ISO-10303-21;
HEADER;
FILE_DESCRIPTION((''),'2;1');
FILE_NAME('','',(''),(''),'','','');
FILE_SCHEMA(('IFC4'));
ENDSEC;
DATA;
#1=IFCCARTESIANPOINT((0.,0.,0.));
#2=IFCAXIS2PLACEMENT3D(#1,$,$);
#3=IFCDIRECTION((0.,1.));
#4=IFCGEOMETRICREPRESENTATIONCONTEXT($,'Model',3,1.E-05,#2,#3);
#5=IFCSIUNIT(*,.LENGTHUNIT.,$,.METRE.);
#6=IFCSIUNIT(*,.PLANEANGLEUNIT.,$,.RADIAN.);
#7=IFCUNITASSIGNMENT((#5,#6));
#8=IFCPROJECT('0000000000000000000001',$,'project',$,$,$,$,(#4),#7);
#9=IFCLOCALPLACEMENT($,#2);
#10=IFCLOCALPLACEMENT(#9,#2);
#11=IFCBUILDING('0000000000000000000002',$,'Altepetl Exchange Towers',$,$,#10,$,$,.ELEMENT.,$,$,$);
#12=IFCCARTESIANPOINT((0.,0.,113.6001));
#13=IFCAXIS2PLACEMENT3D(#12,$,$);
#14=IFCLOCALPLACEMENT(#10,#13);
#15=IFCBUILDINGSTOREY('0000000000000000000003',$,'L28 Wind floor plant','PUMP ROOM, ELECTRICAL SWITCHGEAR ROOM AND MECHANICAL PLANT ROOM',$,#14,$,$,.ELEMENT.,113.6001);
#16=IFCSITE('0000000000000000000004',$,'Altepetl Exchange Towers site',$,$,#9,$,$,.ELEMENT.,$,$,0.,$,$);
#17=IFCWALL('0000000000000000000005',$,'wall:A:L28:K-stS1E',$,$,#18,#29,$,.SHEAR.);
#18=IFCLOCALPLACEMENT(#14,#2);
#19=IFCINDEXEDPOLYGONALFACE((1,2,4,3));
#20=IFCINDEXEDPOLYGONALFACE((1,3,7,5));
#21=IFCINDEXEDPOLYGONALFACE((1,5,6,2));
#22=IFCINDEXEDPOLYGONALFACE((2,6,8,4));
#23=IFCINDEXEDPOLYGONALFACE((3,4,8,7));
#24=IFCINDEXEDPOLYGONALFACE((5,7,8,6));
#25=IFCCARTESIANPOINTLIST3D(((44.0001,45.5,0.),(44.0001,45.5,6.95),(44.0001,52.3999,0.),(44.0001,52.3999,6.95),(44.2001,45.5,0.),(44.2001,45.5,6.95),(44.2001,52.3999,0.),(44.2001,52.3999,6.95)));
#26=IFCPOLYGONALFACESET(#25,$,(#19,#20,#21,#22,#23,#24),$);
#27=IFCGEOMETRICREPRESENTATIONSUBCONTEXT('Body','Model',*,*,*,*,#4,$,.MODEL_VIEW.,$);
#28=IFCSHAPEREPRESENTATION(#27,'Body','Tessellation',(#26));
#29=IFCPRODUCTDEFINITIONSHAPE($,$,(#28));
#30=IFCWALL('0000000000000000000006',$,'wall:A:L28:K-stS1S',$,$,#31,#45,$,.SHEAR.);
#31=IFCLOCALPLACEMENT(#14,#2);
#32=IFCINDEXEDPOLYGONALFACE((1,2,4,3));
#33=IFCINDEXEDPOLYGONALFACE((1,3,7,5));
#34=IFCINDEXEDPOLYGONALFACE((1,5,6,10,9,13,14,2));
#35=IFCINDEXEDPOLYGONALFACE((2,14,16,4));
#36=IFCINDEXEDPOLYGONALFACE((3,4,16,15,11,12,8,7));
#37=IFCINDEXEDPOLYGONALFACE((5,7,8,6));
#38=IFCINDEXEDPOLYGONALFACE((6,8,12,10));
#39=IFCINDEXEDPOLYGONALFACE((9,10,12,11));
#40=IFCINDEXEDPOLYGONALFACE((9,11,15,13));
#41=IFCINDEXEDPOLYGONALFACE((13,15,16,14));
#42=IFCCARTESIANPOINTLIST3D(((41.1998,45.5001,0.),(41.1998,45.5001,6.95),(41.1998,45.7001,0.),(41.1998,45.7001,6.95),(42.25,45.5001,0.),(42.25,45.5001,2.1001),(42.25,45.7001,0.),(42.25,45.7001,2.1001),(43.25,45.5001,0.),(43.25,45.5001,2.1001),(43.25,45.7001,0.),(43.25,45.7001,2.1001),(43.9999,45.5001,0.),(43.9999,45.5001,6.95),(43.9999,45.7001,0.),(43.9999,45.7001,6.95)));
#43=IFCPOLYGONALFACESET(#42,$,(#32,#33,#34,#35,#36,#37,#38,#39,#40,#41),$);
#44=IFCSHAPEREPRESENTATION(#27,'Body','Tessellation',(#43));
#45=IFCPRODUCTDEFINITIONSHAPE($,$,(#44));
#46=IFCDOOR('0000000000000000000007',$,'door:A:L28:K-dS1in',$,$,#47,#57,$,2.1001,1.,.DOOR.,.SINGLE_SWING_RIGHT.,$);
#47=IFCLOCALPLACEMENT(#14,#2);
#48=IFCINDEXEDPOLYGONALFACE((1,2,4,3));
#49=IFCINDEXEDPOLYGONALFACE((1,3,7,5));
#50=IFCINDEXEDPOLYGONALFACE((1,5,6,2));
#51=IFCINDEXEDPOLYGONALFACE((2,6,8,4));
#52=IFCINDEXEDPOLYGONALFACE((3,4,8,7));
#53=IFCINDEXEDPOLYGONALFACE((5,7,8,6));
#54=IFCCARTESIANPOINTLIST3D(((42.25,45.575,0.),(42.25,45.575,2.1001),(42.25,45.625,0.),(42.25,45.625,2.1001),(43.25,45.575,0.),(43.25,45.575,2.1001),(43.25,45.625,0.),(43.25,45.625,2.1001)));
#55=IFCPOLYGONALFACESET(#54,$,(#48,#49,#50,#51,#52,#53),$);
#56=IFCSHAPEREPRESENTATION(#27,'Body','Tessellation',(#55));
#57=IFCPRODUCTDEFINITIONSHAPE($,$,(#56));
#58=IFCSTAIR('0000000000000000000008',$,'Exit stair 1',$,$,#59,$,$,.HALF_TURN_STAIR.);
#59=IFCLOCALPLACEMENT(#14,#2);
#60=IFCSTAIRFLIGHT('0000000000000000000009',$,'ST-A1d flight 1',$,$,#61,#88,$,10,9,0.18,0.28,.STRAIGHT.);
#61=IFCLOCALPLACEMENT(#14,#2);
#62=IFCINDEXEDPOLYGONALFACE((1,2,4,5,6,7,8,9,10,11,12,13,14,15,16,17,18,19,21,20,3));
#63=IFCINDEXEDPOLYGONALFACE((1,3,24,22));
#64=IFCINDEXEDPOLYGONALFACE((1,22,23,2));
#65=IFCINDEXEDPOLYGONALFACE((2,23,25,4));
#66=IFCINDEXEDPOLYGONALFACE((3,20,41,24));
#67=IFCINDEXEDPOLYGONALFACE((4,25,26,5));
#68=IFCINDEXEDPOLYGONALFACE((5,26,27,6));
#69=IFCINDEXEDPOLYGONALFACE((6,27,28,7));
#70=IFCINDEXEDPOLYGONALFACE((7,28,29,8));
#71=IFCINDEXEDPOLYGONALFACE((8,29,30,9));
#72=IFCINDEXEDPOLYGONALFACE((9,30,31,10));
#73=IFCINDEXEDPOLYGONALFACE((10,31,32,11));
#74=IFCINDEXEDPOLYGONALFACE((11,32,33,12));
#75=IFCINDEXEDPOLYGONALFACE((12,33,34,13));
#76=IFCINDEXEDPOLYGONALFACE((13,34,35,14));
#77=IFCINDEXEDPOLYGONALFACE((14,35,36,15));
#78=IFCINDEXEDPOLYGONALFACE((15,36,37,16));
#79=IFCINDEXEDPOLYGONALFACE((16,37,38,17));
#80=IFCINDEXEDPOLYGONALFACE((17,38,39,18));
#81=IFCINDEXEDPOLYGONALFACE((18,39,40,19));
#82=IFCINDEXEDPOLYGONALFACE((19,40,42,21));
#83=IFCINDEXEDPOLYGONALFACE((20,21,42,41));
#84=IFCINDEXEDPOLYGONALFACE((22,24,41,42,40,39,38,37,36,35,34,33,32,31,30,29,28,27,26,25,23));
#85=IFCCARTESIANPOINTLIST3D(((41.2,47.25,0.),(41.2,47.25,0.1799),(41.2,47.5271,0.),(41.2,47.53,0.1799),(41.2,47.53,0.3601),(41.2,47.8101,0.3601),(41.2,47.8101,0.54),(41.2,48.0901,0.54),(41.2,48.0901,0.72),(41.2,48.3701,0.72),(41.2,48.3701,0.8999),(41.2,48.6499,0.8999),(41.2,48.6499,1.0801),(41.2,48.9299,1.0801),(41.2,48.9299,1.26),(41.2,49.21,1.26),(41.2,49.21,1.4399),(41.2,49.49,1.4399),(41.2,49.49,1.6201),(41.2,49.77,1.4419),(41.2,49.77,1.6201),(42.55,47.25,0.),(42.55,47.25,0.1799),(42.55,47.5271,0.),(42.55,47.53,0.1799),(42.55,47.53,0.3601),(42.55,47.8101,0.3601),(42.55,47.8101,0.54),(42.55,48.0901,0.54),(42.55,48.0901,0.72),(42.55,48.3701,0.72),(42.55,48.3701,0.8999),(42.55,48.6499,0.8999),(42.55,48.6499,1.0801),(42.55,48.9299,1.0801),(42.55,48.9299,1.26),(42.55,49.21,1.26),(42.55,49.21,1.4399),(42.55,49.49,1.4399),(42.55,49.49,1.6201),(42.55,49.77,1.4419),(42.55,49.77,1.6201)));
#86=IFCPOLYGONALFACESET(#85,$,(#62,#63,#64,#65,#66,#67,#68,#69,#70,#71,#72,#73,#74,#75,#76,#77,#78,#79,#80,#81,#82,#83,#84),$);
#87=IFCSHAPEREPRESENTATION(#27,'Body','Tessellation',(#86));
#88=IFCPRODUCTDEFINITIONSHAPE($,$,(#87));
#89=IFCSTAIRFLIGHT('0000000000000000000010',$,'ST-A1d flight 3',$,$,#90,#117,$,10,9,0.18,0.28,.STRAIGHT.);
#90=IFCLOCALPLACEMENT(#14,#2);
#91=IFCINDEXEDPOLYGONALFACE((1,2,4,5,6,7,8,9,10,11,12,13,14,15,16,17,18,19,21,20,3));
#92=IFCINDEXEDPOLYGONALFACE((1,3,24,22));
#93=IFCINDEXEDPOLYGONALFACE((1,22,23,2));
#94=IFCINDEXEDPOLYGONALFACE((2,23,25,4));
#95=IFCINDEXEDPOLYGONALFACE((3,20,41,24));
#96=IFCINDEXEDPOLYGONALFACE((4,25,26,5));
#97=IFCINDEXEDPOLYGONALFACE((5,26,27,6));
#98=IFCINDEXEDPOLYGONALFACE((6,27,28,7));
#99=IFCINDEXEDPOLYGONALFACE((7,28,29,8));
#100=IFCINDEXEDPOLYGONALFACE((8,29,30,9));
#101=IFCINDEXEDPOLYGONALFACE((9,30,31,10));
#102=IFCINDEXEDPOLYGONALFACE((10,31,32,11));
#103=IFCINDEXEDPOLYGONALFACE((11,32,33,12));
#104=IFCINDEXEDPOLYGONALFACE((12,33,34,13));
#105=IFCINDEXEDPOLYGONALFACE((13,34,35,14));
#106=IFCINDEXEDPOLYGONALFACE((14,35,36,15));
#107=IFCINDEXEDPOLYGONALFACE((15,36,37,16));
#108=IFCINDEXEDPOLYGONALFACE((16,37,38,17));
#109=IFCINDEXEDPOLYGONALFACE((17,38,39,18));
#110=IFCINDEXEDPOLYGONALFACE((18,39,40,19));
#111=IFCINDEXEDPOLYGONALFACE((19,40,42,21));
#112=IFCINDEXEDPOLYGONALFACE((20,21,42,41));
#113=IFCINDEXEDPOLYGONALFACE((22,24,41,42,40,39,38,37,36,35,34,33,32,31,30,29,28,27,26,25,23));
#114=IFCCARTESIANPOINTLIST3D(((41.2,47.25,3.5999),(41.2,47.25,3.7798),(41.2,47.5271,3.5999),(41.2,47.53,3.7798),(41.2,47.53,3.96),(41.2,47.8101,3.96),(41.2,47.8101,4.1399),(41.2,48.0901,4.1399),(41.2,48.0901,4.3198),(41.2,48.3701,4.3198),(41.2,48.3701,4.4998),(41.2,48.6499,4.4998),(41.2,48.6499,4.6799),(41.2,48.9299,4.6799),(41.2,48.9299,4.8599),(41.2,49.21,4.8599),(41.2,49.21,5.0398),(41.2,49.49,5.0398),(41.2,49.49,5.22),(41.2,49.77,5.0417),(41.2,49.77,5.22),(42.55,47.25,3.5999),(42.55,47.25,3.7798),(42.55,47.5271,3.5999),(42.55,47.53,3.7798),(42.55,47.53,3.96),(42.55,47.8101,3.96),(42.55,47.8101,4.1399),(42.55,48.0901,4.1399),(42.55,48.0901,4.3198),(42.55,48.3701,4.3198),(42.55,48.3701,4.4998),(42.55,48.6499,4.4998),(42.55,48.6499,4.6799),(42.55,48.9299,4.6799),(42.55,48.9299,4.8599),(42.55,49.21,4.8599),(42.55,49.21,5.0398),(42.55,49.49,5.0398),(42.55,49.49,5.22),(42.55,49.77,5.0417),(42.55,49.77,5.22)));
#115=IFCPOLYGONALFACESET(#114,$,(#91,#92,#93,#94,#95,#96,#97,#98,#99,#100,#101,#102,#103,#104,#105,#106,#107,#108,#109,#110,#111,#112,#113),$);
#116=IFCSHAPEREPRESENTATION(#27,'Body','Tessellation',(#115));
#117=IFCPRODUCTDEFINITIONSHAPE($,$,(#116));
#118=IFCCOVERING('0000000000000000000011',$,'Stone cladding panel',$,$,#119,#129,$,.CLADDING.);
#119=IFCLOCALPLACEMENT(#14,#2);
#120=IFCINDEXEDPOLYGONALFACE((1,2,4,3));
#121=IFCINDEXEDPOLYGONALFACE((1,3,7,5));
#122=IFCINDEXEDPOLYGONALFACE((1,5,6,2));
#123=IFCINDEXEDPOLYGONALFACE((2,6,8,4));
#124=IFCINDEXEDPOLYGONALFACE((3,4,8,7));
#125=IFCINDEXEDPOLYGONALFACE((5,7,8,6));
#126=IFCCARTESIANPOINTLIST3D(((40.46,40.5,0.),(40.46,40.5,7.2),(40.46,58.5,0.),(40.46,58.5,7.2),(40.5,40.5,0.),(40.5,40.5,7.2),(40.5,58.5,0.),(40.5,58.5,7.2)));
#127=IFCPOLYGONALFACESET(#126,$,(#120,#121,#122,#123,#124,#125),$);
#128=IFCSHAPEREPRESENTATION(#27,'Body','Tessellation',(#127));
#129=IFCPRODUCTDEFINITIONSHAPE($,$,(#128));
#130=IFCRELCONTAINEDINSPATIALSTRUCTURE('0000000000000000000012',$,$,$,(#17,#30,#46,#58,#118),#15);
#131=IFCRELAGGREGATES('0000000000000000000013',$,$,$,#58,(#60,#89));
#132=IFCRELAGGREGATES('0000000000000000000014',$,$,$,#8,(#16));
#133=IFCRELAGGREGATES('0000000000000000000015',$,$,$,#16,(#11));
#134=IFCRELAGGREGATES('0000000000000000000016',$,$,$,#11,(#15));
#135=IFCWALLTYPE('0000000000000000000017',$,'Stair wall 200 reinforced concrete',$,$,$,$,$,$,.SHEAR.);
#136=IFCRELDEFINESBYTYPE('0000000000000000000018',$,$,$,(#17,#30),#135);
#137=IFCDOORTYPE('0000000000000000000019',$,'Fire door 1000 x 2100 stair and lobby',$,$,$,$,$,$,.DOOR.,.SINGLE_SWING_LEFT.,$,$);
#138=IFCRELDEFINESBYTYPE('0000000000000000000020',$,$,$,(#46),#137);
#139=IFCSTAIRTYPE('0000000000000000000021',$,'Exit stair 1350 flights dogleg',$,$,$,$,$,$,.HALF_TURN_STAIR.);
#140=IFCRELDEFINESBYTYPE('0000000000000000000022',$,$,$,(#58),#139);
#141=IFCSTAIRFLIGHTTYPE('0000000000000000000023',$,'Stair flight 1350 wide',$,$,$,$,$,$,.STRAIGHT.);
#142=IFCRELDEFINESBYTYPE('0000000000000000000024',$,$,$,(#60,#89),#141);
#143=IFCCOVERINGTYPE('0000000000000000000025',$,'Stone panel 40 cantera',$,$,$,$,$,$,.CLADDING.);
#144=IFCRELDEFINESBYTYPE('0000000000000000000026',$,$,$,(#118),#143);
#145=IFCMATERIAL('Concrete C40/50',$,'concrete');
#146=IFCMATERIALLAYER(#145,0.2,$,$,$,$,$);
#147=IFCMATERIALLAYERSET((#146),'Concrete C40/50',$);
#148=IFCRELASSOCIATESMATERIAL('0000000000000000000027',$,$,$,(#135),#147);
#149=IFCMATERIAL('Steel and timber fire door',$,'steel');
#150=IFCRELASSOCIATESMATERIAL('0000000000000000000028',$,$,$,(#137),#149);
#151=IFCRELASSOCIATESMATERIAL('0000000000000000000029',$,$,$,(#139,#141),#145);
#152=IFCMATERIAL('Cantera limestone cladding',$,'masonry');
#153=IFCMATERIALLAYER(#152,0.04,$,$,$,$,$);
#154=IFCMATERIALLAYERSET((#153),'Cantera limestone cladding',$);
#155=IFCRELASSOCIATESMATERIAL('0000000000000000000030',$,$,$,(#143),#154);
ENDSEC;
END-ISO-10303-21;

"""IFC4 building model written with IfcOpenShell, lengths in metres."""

from ifc_helpers import new_model, si_unit, direction, frame, frame_2d, origin, origin_2d, place, context, subcontext, project, spatial, polyline, rectangle, outline, extrude, material, layer, layer_set, type_object, element, fill, aggregate, save


model = new_model("IFC4")

# Units and contexts
model_context = context("Model", 3, precision=1e-05, world=origin(), true_north=direction((0.0, 1.0)))
body_context = subcontext(model_context, "Body", "Model", "MODEL_VIEW")
ifc_project = project(units=[si_unit("LENGTHUNIT", "METRE"), si_unit("PLANEANGLEUNIT", "RADIAN")], contexts=[model_context])

# Site, building, storey
site_placement = place(None, origin())
site = spatial("IfcSite", under=ifc_project, at=site_placement, Name="Altepetl Exchange Towers site", CompositionType="ELEMENT", RefElevation=0.0)
building_placement = place(site_placement, origin())
building = spatial("IfcBuilding", under=site, at=building_placement, Name="Altepetl Exchange Towers", CompositionType="ELEMENT")
storey_placement = place(building_placement, frame((0.0, 0.0, 113.6001)))
storey = spatial("IfcBuildingStorey", under=building, at=storey_placement, Name="L28 Wind floor plant", Description="PUMP ROOM, ELECTRICAL SWITCHGEAR ROOM AND MECHANICAL PLANT ROOM", CompositionType="ELEMENT", Elevation=113.6001)

# Shared definitions
ifc_material_1 = material(Name="Steel and timber fire door", Category="steel")

# Shared definitions
ifc_material_2 = material(Name="Concrete C40/50", Category="concrete")

# Wall
ifc_layer_1 = layer(ifc_material_2, 0.2)
ifc_layer_set_1 = layer_set([ifc_layer_1], Name="Concrete C40/50")
wall_type_1 = type_object("IfcWallType", Name="Stair wall 200 reinforced concrete", PredefinedType="SHEAR", material=ifc_layer_set_1)
wall_1_placement = place(storey_placement, frame((44.1001, 45.5, 0.0), z_axis=(0.0, 0.0, 1.0), x_axis=(0.0, 1.0, 0.0)))
element("IfcWall", 1, at=wall_1_placement, inside=storey, type_object=wall_type_1, Name="wall:A:L28:K-stS1E", PredefinedType="SHEAR", context=body_context, shape_type="SweptSolid", body=[
    extrude(rectangle(XDim=6.8999, YDim=0.2, at=frame_2d((3.45, 0.0))), origin(), (0.0, 0.0, 1.0), 6.95),
])

# Wall, opening, door
wall_2_placement = place(storey_placement, frame((41.2, 45.6001, 0.0)))
wall_2 = element("IfcWall", 2, at=wall_2_placement, inside=storey, type_object=wall_type_1, Name="wall:A:L28:K-stS1S", PredefinedType="SHEAR", context=body_context, shape_type="SweptSolid", body=[
    extrude(rectangle(XDim=2.8, YDim=0.2, at=frame_2d((1.3999, 0.0))), origin(), (0.0, 0.0, 1.0), 6.95),
])
opening_1_placement = place(wall_2_placement, frame((1.05, 0.0, 0.0)))
opening_1 = element("IfcOpeningElement", 3, at=opening_1_placement, cuts=wall_2, PredefinedType="OPENING", context=body_context, shape_type="SweptSolid", body=[
    extrude(rectangle(XDim=1.0, YDim=2.1001, at=frame_2d((0.5, 1.05))), frame((0.0, 0.1099, 0.0), z_axis=(0.0, -1.0, 0.0), x_axis=(1.0, 0.0, 0.0)), (0.0, 0.0, 1.0), 0.22),
])
door_type_1 = type_object("IfcDoorType", Name="Fire door 1000 x 2100 stair and lobby", OperationType="SINGLE_SWING_LEFT", PredefinedType="DOOR", material=ifc_material_1)
door_1_placement = place(opening_1_placement, origin())
door_1 = element("IfcDoor", 4, at=door_1_placement, inside=storey, type_object=door_type_1, Name="door:A:L28:K-dS1in", OperationType="SINGLE_SWING_RIGHT", OverallHeight=2.1001, OverallWidth=1.0, PredefinedType="DOOR", context=body_context, shape_type="SweptSolid", body=[
    extrude(rectangle(XDim=1.0, YDim=2.1001, at=frame_2d((0.5, 1.05))), frame((0.0, 0.0249, 0.0), z_axis=(0.0, -1.0, 0.0), x_axis=(1.0, 0.0, 0.0)), (0.0, 0.0, 1.0), 0.05),
])
fill(opening_1, door_1)

# Stair, stair flights
stair_type = type_object("IfcStairType", Name="Exit stair 1350 flights dogleg", PredefinedType="HALF_TURN_STAIR", material=ifc_material_2)
stair_placement = place(storey_placement, origin())
stair = element("IfcStair", 5, at=stair_placement, inside=storey, type_object=stair_type, Name="Exit stair 1", PredefinedType="HALF_TURN_STAIR")
stair_flight_type = type_object("IfcStairFlightType", Name="Stair flight 1350 wide", PredefinedType="STRAIGHT", material=ifc_material_2)
stair_flight_1_placement = place(storey_placement, frame((41.875, 47.25, 0.0), z_axis=(0.0, 0.0, 1.0), x_axis=(0.0, 1.0, 0.0)))
stair_flight_1 = element("IfcStairFlight", 6, at=stair_flight_1_placement, type_object=stair_flight_type, Name="ST-A1d flight 1", NumberOfRisers=10, NumberOfTreads=9, PredefinedType="STRAIGHT", RiserHeight=0.18, TreadLength=0.28, context=body_context, shape_type="SweptSolid", body=[
    extrude(outline(polyline([(0.0, 0.0), (0.0, 0.1799), (0.28, 0.1799), (0.28, 0.3601), (0.5601, 0.3601), (0.5601, 0.54), (0.8401, 0.54), (0.8401, 0.72), (1.1201, 0.72), (1.1201, 0.8999), (1.3999, 0.8999), (1.3999, 1.0801), (1.6799, 1.0801), (1.6799, 1.26), (1.96, 1.26), (1.96, 1.4399), (2.24, 1.4399), (2.24, 1.6201), (2.52, 1.6201), (2.52, 1.8), (2.52, 1.4419), (0.2771, 0.0), (0.0, 0.0)])), frame((0.0, 0.675, 0.0), z_axis=(0.0, -1.0, 0.0), x_axis=(1.0, 0.0, 0.0)), (0.0, 0.0, 1.0), 1.3501),
])
stair_flight_2_placement = place(storey_placement, frame((41.875, 47.25, 3.5999), z_axis=(0.0, 0.0, 1.0), x_axis=(0.0, 1.0, 0.0)))
stair_flight_2 = element("IfcStairFlight", 7, at=stair_flight_2_placement, type_object=stair_flight_type, Name="ST-A1d flight 3", NumberOfRisers=10, NumberOfTreads=9, PredefinedType="STRAIGHT", RiserHeight=0.18, TreadLength=0.28, context=body_context, shape_type="SweptSolid", body=[
    extrude(outline(polyline([(0.0, 0.0), (0.0, 0.1799), (0.28, 0.1799), (0.28, 0.3601), (0.5601, 0.3601), (0.5601, 0.54), (0.8401, 0.54), (0.8401, 0.72), (1.1201, 0.72), (1.1201, 0.8999), (1.3999, 0.8999), (1.3999, 1.0801), (1.6799, 1.0801), (1.6799, 1.26), (1.96, 1.26), (1.96, 1.4399), (2.24, 1.4399), (2.24, 1.6201), (2.52, 1.6201), (2.52, 1.8), (2.52, 1.4419), (0.2771, 0.0), (0.0, 0.0)])), frame((0.0, 0.675, 0.0), z_axis=(0.0, -1.0, 0.0), x_axis=(1.0, 0.0, 0.0)), (0.0, 0.0, 1.0), 1.3501),
])
aggregate(stair, [stair_flight_1, stair_flight_2])

# Covering
ifc_material_3 = material(Name="Cantera limestone cladding", Category="masonry")
ifc_layer_2 = layer(ifc_material_3, 0.04)
ifc_layer_set_2 = layer_set([ifc_layer_2], Name="Cantera limestone cladding")
covering_type = type_object("IfcCoveringType", Name="Stone panel 40 cantera", PredefinedType="CLADDING", material=ifc_layer_set_2)
covering_placement = place(storey_placement, frame((40.48, 49.5, 0.0), z_axis=(0.0, 0.0, 1.0), x_axis=(0.0, -1.0, 0.0)))
element("IfcCovering", 8, at=covering_placement, inside=storey, type_object=covering_type, Name="Stone cladding panel", PredefinedType="CLADDING", context=body_context, shape_type="SweptSolid", body=[
    extrude(rectangle(XDim=18.0, YDim=0.04, at=origin_2d()), origin(), (0.0, 0.0, 1.0), 7.2),
])

save(model, "model.ifc")
